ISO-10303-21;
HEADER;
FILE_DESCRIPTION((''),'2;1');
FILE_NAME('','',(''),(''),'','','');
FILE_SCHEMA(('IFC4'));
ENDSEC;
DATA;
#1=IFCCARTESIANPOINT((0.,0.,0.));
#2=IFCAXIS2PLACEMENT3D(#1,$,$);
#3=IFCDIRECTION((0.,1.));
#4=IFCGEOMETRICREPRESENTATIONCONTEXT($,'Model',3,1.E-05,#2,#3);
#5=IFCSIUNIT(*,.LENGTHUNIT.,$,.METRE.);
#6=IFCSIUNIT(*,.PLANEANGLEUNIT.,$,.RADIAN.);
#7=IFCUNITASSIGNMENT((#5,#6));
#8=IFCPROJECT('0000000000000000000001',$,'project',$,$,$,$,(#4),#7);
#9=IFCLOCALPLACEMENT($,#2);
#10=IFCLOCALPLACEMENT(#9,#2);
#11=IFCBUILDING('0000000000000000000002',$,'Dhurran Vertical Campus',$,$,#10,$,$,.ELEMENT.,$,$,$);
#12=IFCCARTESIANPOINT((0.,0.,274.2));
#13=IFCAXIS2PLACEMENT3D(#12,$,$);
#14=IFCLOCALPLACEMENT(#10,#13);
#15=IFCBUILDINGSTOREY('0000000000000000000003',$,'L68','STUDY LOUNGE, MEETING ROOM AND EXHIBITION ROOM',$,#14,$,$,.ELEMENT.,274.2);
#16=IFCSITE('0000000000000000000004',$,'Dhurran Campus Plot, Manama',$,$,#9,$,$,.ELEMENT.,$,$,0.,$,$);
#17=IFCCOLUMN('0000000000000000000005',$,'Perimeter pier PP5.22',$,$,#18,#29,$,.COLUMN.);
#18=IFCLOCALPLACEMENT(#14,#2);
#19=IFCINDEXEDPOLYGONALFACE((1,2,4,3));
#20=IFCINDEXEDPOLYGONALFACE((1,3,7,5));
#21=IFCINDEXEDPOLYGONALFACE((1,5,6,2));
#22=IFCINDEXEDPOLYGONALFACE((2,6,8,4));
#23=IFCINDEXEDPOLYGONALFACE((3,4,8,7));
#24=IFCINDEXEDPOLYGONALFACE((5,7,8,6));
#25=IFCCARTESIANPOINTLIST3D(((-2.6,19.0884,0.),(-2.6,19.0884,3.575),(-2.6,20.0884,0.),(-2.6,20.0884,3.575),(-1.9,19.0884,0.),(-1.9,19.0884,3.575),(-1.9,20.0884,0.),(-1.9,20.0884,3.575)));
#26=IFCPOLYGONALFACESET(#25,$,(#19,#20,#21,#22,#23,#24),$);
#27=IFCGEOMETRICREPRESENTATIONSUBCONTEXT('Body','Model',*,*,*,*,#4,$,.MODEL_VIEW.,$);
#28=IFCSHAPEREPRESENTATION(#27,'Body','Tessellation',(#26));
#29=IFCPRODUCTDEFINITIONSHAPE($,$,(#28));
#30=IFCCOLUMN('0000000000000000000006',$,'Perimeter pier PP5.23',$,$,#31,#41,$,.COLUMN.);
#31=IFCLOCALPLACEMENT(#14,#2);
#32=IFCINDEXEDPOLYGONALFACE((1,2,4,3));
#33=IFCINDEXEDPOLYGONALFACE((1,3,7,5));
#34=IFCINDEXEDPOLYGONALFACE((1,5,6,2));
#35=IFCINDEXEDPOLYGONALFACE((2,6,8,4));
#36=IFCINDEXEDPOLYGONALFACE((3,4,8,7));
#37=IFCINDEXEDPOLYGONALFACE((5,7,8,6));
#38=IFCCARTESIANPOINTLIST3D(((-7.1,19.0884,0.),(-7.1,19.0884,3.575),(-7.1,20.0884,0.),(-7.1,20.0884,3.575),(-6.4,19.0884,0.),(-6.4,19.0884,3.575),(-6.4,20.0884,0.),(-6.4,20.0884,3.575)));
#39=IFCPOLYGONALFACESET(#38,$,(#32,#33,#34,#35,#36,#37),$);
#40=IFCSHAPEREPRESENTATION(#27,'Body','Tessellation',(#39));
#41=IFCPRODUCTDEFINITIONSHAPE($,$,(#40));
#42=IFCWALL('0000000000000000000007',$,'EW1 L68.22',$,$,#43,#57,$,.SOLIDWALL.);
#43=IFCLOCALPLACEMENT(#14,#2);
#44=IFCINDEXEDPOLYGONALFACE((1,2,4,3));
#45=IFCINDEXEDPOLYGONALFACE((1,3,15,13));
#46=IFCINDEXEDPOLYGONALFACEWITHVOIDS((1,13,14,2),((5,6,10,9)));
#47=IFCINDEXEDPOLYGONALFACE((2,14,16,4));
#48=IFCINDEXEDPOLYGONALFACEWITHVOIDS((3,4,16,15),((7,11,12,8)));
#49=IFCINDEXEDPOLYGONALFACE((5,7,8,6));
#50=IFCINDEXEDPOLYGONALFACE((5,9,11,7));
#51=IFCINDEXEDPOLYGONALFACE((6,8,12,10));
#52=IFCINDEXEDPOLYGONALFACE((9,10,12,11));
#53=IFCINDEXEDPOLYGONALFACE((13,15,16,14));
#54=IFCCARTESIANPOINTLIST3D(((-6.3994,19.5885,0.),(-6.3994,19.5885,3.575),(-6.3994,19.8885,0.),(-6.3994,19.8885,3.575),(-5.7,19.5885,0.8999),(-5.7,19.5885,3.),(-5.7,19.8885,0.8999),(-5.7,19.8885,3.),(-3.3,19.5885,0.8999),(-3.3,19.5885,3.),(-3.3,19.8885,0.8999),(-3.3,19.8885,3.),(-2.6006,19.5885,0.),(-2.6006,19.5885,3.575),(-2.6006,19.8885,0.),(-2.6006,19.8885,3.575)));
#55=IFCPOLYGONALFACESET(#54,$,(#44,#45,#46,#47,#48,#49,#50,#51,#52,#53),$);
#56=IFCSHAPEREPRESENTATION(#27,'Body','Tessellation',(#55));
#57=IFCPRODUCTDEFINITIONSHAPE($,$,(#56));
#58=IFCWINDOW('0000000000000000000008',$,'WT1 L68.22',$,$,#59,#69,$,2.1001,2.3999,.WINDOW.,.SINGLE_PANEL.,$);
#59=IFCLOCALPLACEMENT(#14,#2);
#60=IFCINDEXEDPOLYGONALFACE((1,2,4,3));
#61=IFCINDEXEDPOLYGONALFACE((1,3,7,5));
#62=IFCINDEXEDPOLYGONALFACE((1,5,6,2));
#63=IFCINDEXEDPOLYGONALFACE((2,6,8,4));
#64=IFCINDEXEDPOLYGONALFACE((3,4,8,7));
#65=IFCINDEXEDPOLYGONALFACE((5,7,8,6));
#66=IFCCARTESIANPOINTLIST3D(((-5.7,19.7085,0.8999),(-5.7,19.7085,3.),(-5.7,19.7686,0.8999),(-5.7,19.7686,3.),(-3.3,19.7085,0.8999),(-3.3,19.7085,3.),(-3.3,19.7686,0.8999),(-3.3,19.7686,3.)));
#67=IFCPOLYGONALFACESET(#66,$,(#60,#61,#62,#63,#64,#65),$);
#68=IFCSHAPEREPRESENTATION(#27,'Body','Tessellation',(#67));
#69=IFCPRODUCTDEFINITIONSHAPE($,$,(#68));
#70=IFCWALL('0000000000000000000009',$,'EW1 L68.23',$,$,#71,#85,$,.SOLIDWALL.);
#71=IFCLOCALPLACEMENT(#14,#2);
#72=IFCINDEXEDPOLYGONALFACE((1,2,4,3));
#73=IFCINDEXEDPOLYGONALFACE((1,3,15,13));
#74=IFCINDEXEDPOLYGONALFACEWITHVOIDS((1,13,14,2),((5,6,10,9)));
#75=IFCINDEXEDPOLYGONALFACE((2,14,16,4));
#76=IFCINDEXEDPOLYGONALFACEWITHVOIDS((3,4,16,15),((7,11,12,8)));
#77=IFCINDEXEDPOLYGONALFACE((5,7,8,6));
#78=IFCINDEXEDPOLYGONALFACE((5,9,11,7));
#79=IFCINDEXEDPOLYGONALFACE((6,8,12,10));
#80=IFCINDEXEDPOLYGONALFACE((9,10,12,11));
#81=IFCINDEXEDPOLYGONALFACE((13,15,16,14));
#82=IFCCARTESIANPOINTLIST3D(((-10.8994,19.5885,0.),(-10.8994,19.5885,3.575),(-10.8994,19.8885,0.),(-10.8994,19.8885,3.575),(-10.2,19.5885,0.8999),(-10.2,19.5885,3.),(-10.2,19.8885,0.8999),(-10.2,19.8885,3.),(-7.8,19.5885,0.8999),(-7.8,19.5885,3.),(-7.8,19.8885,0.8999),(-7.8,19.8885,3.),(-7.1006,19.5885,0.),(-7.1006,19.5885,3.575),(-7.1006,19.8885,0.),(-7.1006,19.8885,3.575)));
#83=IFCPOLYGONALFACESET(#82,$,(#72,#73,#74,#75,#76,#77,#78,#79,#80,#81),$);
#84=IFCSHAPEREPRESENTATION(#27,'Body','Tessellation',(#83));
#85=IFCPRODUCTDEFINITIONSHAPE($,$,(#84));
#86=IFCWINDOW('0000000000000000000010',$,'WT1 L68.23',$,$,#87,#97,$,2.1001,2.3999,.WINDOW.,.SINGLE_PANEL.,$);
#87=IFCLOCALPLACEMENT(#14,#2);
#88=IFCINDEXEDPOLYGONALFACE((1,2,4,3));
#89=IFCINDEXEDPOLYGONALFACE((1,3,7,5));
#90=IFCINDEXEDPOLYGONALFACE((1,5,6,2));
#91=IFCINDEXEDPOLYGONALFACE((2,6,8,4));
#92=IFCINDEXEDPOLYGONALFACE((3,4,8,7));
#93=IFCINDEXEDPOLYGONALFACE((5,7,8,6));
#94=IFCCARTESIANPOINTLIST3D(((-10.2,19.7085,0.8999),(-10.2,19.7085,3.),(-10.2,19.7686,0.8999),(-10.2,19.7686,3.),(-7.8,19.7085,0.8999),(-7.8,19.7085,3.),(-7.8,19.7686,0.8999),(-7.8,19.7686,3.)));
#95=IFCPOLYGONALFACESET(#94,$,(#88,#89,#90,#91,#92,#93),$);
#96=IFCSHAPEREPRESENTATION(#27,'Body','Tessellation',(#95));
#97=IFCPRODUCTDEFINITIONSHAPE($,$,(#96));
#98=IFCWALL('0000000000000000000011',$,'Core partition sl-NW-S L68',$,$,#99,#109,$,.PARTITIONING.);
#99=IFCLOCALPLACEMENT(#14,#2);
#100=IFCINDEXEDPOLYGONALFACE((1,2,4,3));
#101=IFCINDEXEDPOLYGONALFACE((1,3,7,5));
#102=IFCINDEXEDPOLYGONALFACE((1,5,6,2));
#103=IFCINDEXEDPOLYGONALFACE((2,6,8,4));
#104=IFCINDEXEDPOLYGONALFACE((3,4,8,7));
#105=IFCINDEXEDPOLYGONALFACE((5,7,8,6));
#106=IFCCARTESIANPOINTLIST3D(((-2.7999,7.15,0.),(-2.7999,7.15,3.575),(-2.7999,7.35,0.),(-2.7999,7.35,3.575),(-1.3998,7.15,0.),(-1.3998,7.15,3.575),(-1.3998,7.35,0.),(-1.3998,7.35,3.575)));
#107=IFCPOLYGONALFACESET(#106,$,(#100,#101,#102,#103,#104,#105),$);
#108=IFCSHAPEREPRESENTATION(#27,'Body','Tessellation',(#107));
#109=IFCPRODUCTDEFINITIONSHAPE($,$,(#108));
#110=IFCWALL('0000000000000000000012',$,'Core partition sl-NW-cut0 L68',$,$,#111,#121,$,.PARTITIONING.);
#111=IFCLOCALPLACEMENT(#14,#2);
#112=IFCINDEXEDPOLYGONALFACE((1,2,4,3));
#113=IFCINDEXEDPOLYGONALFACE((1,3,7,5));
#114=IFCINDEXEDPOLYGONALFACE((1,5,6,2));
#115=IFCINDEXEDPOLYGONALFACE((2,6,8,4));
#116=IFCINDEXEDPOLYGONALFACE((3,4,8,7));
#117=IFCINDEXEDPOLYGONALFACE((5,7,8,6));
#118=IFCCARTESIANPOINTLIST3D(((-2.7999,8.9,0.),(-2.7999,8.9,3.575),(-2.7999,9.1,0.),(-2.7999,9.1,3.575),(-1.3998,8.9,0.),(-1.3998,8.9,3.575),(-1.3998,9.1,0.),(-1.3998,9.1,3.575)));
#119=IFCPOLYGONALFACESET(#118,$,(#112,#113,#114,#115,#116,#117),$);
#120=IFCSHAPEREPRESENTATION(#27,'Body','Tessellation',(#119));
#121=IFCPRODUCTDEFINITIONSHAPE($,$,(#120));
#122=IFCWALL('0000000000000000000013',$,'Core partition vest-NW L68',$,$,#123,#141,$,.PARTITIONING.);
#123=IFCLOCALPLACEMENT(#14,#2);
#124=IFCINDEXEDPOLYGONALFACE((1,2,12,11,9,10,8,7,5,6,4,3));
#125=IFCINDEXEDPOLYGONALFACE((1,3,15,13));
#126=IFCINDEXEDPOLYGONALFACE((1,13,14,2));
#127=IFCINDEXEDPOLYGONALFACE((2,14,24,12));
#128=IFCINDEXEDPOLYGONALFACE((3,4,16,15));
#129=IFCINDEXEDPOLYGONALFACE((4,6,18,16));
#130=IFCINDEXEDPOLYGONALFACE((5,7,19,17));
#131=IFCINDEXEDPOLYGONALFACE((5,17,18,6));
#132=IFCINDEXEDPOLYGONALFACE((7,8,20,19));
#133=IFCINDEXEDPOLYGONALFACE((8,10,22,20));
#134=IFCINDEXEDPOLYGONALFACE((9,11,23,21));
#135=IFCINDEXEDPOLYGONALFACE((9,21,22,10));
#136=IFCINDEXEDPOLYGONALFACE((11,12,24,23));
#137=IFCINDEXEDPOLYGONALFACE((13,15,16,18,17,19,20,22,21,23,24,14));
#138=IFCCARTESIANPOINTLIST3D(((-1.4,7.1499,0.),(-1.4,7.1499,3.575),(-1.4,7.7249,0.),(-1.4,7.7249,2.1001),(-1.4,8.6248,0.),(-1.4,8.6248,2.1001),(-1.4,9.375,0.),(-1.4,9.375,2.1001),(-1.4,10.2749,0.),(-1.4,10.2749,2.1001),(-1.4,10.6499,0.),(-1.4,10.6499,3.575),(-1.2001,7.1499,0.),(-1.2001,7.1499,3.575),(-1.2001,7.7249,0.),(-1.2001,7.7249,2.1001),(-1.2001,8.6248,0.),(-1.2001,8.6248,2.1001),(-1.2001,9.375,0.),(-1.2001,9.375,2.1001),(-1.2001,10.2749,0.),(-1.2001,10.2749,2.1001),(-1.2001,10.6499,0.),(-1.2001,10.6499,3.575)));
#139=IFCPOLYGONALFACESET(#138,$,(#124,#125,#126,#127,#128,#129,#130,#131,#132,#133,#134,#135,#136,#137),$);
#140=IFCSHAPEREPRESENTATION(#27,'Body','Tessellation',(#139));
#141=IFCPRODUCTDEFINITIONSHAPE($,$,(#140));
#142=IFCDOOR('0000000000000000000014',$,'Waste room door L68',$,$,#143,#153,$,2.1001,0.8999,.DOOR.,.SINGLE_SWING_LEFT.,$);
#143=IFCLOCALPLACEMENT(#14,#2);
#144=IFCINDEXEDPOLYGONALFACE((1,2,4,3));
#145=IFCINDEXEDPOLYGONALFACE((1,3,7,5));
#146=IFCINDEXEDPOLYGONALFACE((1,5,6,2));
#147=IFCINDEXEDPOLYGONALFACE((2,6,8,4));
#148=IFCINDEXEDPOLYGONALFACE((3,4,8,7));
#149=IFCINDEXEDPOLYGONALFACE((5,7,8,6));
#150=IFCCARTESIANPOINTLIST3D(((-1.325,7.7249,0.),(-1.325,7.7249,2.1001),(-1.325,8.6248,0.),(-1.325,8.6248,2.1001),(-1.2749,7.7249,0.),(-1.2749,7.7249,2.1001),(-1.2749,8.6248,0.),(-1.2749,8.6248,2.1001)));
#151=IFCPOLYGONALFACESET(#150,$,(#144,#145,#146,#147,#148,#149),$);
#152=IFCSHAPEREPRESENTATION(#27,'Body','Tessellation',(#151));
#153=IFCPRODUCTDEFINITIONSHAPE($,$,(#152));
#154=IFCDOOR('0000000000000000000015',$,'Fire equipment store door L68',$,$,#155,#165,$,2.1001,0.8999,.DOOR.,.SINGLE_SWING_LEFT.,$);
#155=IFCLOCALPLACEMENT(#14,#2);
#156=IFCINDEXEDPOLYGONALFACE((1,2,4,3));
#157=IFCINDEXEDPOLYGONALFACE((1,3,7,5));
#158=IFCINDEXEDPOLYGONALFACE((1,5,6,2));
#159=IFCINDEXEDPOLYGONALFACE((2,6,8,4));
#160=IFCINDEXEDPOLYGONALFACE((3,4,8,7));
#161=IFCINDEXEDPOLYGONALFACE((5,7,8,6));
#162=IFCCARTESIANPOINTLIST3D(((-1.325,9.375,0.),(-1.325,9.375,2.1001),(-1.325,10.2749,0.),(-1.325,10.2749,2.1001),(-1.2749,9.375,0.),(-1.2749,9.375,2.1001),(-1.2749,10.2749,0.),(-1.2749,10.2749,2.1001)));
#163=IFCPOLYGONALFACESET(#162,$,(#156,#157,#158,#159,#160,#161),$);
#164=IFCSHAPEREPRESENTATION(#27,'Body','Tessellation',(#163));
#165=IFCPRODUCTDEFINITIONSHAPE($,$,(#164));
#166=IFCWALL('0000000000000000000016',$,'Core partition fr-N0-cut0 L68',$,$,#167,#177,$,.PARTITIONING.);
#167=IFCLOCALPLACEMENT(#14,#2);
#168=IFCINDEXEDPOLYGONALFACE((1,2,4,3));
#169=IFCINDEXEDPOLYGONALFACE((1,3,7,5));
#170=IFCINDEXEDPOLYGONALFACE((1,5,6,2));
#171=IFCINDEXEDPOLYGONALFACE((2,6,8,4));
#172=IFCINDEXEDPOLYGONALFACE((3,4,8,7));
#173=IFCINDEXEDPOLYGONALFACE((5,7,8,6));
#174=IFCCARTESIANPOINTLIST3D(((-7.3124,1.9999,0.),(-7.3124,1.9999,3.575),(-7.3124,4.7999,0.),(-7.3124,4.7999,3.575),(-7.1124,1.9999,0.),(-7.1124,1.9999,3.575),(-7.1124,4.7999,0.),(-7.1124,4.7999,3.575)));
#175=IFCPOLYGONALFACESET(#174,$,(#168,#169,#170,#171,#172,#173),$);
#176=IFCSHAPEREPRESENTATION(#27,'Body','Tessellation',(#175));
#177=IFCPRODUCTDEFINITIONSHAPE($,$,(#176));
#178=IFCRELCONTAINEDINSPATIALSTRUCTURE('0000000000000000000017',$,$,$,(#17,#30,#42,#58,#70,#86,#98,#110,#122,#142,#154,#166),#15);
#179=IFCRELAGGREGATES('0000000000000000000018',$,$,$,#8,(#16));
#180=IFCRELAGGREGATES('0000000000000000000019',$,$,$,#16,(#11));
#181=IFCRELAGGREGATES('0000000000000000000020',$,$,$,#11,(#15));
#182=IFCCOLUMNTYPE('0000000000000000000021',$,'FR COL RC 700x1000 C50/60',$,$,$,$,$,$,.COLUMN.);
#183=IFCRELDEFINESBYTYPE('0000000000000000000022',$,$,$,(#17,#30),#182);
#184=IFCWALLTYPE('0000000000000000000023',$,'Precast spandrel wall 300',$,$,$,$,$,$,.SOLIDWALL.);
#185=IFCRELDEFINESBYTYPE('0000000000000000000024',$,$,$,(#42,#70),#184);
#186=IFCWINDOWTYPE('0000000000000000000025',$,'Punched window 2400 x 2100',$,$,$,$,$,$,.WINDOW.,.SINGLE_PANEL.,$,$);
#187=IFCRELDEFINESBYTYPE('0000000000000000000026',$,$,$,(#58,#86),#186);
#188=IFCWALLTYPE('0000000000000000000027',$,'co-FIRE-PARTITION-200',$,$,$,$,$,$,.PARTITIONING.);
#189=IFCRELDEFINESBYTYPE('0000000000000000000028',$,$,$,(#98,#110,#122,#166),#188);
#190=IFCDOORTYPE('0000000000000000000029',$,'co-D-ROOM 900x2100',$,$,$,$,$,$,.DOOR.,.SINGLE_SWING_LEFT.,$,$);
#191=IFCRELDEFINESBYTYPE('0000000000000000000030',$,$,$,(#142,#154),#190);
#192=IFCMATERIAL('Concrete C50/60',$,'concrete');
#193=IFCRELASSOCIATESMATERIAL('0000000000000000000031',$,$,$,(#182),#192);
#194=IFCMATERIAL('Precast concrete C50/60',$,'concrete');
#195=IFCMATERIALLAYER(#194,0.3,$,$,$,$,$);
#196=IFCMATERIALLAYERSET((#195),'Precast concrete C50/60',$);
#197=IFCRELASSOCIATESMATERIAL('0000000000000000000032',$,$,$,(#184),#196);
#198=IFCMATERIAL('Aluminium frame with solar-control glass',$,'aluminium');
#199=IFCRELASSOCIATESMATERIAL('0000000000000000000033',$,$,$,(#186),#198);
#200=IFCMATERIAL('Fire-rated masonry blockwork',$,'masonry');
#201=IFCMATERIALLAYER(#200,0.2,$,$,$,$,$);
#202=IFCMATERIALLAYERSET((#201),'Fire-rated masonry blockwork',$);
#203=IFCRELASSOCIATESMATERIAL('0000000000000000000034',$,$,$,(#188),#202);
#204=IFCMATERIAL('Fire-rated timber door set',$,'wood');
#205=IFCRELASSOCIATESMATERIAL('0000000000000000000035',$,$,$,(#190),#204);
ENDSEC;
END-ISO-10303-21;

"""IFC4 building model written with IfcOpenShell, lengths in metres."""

from ifc_helpers import new_model, si_unit, direction, frame, frame_2d, origin, origin_2d, place, context, subcontext, project, spatial, rectangle, extrude, material, layer, layer_set, material_profile, profile_set, type_object, element, fill, save


model = new_model("IFC4")

# Units and contexts
model_context = context("Model", 3, precision=1e-05, world=origin(), true_north=direction((0.0, 1.0)))
body_context = subcontext(model_context, "Body", "Model", "MODEL_VIEW")
ifc_project = project(units=[si_unit("LENGTHUNIT", "METRE"), si_unit("PLANEANGLEUNIT", "RADIAN")], contexts=[model_context])

# Site, building, storey
site_placement = place(None, origin())
site = spatial("IfcSite", under=ifc_project, at=site_placement, Name="Dhurran Campus Plot, Manama", CompositionType="ELEMENT", RefElevation=0.0)
building_placement = place(site_placement, origin())
building = spatial("IfcBuilding", under=site, at=building_placement, Name="Dhurran Vertical Campus", CompositionType="ELEMENT")
storey_placement = place(building_placement, frame((0.0, 0.0, 274.2)))
storey = spatial("IfcBuildingStorey", under=building, at=storey_placement, Name="L68", Description="STUDY LOUNGE, MEETING ROOM AND EXHIBITION ROOM", CompositionType="ELEMENT", Elevation=274.2)

# Columns
ifc_material_1 = material(Name="Concrete C50/60", Category="concrete")
ifc_material_profile = material_profile(ifc_material_1, rectangle(XDim=0.7, YDim=1.0, at=origin_2d()), Name="RC 700x1000")
ifc_profile_set = profile_set([ifc_material_profile], Name="Concrete C50/60")
column_type = type_object("IfcColumnType", Name="FR COL RC 700x1000 C50/60", PredefinedType="COLUMN", material=ifc_profile_set)
for number, where, z_axis, x_axis, name in (
    (1, (-2.25, 19.5884, 0.0), (0.0, 0.0, 1.0), (-1.0, 0.0, 0.0), "Perimeter pier PP5.22"),
    (2, (-6.75, 19.5884, 0.0), (0.0, 0.0, 1.0), (-1.0, 0.0, 0.0), "Perimeter pier PP5.23"),
):
    element("IfcColumn", number, at=place(storey_placement, frame(where, z_axis=z_axis, x_axis=x_axis)), inside=storey, type_object=column_type, Name=name, PredefinedType="COLUMN", context=body_context, shape_type="SweptSolid", body=[
        extrude(rectangle(XDim=0.7, YDim=1.0, at=origin_2d()), origin(), (0.0, 0.0, 1.0), 3.575),
    ])

# Walls, openings, windows
ifc_material_2 = material(Name="Precast concrete C50/60", Category="concrete")
ifc_layer_1 = layer(ifc_material_2, 0.3)
ifc_layer_set_1 = layer_set([ifc_layer_1], Name="Precast concrete C50/60")
wall_type_1 = type_object("IfcWallType", Name="Precast spandrel wall 300", PredefinedType="SOLIDWALL", material=ifc_layer_set_1)
wall_1_placement = place(storey_placement, frame((-2.6006, 19.7385, 0.0), z_axis=(0.0, 0.0, 1.0), x_axis=(-1.0, 0.0, 0.0)))
wall_1 = element("IfcWall", 3, at=wall_1_placement, inside=storey, type_object=wall_type_1, Name="EW1 L68.22", PredefinedType="SOLIDWALL", context=body_context, shape_type="SweptSolid", body=[
    extrude(rectangle(XDim=3.7988, YDim=0.3, at=frame_2d((1.8994, 0.0))), origin(), (0.0, 0.0, 1.0), 3.575),
])
opening_1_placement = place(wall_1_placement, frame((0.6995, 0.0, 0.8999)))
opening_1 = element("IfcOpeningElement", 4, at=opening_1_placement, cuts=wall_1, PredefinedType="OPENING", context=body_context, shape_type="SweptSolid", body=[
    extrude(rectangle(XDim=2.3999, YDim=2.1001, at=frame_2d((1.2, 1.05))), frame((0.0, 0.1599, 0.0), z_axis=(0.0, -1.0, 0.0), x_axis=(1.0, 0.0, 0.0)), (0.0, 0.0, 1.0), 0.3201),
])
ifc_material_3 = material(Name="Aluminium frame with solar-control glass", Category="aluminium")
window_type = type_object("IfcWindowType", Name="Punched window 2400 x 2100", PartitioningType="SINGLE_PANEL", PredefinedType="WINDOW", material=ifc_material_3)
window_1_placement = place(opening_1_placement, origin())
window_1 = element("IfcWindow", 5, at=window_1_placement, inside=storey, type_object=window_type, Name="WT1 L68.22", OverallHeight=2.1001, OverallWidth=2.3999, PartitioningType="SINGLE_PANEL", PredefinedType="WINDOW", context=body_context, shape_type="SweptSolid", body=[
    extrude(rectangle(XDim=2.3999, YDim=2.1001, at=frame_2d((1.2, 1.05))), frame((0.0, 0.03, 0.0), z_axis=(0.0, -1.0, 0.0), x_axis=(1.0, 0.0, 0.0)), (0.0, 0.0, 1.0), 0.0601),
])
fill(opening_1, window_1)
wall_2_placement = place(storey_placement, frame((-7.1006, 19.7385, 0.0), z_axis=(0.0, 0.0, 1.0), x_axis=(-1.0, 0.0, 0.0)))
wall_2 = element("IfcWall", 6, at=wall_2_placement, inside=storey, type_object=wall_type_1, Name="EW1 L68.23", PredefinedType="SOLIDWALL", context=body_context, shape_type="SweptSolid", body=[
    extrude(rectangle(XDim=3.7988, YDim=0.3, at=frame_2d((1.8994, 0.0))), origin(), (0.0, 0.0, 1.0), 3.575),
])
opening_2_placement = place(wall_2_placement, frame((0.6995, 0.0, 0.8999)))
opening_2 = element("IfcOpeningElement", 7, at=opening_2_placement, cuts=wall_2, PredefinedType="OPENING", context=body_context, shape_type="SweptSolid", body=[
    extrude(rectangle(XDim=2.3999, YDim=2.1001, at=frame_2d((1.2, 1.05))), frame((0.0, 0.1599, 0.0), z_axis=(0.0, -1.0, 0.0), x_axis=(1.0, 0.0, 0.0)), (0.0, 0.0, 1.0), 0.3201),
])
window_2_placement = place(opening_2_placement, origin())
window_2 = element("IfcWindow", 8, at=window_2_placement, inside=storey, type_object=window_type, Name="WT1 L68.23", OverallHeight=2.1001, OverallWidth=2.3999, PartitioningType="SINGLE_PANEL", PredefinedType="WINDOW", context=body_context, shape_type="SweptSolid", body=[
    extrude(rectangle(XDim=2.3999, YDim=2.1001, at=frame_2d((1.2, 1.05))), frame((0.0, 0.03, 0.0), z_axis=(0.0, -1.0, 0.0), x_axis=(1.0, 0.0, 0.0)), (0.0, 0.0, 1.0), 0.0601),
])
fill(opening_2, window_2)

# Walls
ifc_material_4 = material(Name="Fire-rated masonry blockwork", Category="masonry")
ifc_layer_2 = layer(ifc_material_4, 0.2)
ifc_layer_set_2 = layer_set([ifc_layer_2], Name="Fire-rated masonry blockwork")
wall_type_2 = type_object("IfcWallType", Name="co-FIRE-PARTITION-200", PredefinedType="PARTITIONING", material=ifc_layer_set_2)
for number, where, z_axis, x_axis, name in (
    (9, (-2.8, 7.25, 0.0), (0.0, 0.0, 1.0), (1.0, 0.0, 0.0), "Core partition sl-NW-S L68"),
    (10, (-2.8, 9.0, 0.0), (0.0, 0.0, 1.0), (1.0, 0.0, 0.0), "Core partition sl-NW-cut0 L68"),
):
    element("IfcWall", number, at=place(storey_placement, frame(where, z_axis=z_axis, x_axis=x_axis)), inside=storey, type_object=wall_type_2, Name=name, PredefinedType="PARTITIONING", context=body_context, shape_type="SweptSolid", body=[
        extrude(rectangle(XDim=1.4001, YDim=0.2, at=frame_2d((0.7002, 0.0))), origin(), (0.0, 0.0, 1.0), 3.575),
    ])

# Wall, openings, doors
wall_3_placement = place(storey_placement, frame((-1.3, 7.1499, 0.0), z_axis=(0.0, 0.0, 1.0), x_axis=(0.0, 1.0, 0.0)))
wall_3 = element("IfcWall", 11, at=wall_3_placement, inside=storey, type_object=wall_type_2, Name="Core partition vest-NW L68", PredefinedType="PARTITIONING", context=body_context, shape_type="SweptSolid", body=[
    extrude(rectangle(XDim=3.5, YDim=0.2, at=frame_2d((1.75, 0.0))), origin(), (0.0, 0.0, 1.0), 3.575),
])
opening_3_placement = place(wall_3_placement, frame((0.575, 0.0, 0.0)))
opening_3 = element("IfcOpeningElement", 12, at=opening_3_placement, cuts=wall_3, PredefinedType="OPENING", context=body_context, shape_type="SweptSolid", body=[
    extrude(rectangle(XDim=0.8999, YDim=2.1001, at=frame_2d((0.45, 1.05))), frame((0.0, 0.1099, 0.0), z_axis=(0.0, -1.0, 0.0), x_axis=(1.0, 0.0, 0.0)), (0.0, 0.0, 1.0), 0.22),
])
opening_4_placement = place(wall_3_placement, frame((2.2251, 0.0, 0.0)))
opening_4 = element("IfcOpeningElement", 13, at=opening_4_placement, cuts=wall_3, PredefinedType="OPENING", context=body_context, shape_type="SweptSolid", body=[
    extrude(rectangle(XDim=0.8999, YDim=2.1001, at=frame_2d((0.45, 1.05))), frame((0.0, 0.1099, 0.0), z_axis=(0.0, -1.0, 0.0), x_axis=(1.0, 0.0, 0.0)), (0.0, 0.0, 1.0), 0.22),
])
ifc_material_5 = material(Name="Fire-rated timber door set", Category="wood")
door_type_1 = type_object("IfcDoorType", Name="co-D-ROOM 900x2100", OperationType="SINGLE_SWING_LEFT", PredefinedType="DOOR", material=ifc_material_5)
door_1_placement = place(opening_3_placement, origin())
door_1 = element("IfcDoor", 14, at=door_1_placement, inside=storey, type_object=door_type_1, Name="Waste room door L68", OperationType="SINGLE_SWING_LEFT", OverallHeight=2.1001, OverallWidth=0.8999, PredefinedType="DOOR", context=body_context, shape_type="SweptSolid", body=[
    extrude(rectangle(XDim=0.8999, YDim=2.1001, at=frame_2d((0.45, 1.05))), frame((0.0, 0.0249, 0.0), z_axis=(0.0, -1.0, 0.0), x_axis=(1.0, 0.0, 0.0)), (0.0, 0.0, 1.0), 0.05),
])
fill(opening_3, door_1)
door_2_placement = place(opening_4_placement, origin())
door_2 = element("IfcDoor", 15, at=door_2_placement, inside=storey, type_object=door_type_1, Name="Fire equipment store door L68", OperationType="SINGLE_SWING_LEFT", OverallHeight=2.1001, OverallWidth=0.8999, PredefinedType="DOOR", context=body_context, shape_type="SweptSolid", body=[
    extrude(rectangle(XDim=0.8999, YDim=2.1001, at=frame_2d((0.45, 1.05))), frame((0.0, 0.0249, 0.0), z_axis=(0.0, -1.0, 0.0), x_axis=(1.0, 0.0, 0.0)), (0.0, 0.0, 1.0), 0.05),
])
fill(opening_4, door_2)

# Wall
wall_4_placement = place(storey_placement, frame((-7.2124, 2.0, 0.0), z_axis=(0.0, 0.0, 1.0), x_axis=(0.0, 1.0, 0.0)))
element("IfcWall", 16, at=wall_4_placement, inside=storey, type_object=wall_type_2, Name="Core partition fr-N0-cut0 L68", PredefinedType="PARTITIONING", context=body_context, shape_type="SweptSolid", body=[
    extrude(rectangle(XDim=2.8, YDim=0.2, at=frame_2d((1.3999, 0.0))), origin(), (0.0, 0.0, 1.0), 3.575),
])

save(model, "model.ifc")
